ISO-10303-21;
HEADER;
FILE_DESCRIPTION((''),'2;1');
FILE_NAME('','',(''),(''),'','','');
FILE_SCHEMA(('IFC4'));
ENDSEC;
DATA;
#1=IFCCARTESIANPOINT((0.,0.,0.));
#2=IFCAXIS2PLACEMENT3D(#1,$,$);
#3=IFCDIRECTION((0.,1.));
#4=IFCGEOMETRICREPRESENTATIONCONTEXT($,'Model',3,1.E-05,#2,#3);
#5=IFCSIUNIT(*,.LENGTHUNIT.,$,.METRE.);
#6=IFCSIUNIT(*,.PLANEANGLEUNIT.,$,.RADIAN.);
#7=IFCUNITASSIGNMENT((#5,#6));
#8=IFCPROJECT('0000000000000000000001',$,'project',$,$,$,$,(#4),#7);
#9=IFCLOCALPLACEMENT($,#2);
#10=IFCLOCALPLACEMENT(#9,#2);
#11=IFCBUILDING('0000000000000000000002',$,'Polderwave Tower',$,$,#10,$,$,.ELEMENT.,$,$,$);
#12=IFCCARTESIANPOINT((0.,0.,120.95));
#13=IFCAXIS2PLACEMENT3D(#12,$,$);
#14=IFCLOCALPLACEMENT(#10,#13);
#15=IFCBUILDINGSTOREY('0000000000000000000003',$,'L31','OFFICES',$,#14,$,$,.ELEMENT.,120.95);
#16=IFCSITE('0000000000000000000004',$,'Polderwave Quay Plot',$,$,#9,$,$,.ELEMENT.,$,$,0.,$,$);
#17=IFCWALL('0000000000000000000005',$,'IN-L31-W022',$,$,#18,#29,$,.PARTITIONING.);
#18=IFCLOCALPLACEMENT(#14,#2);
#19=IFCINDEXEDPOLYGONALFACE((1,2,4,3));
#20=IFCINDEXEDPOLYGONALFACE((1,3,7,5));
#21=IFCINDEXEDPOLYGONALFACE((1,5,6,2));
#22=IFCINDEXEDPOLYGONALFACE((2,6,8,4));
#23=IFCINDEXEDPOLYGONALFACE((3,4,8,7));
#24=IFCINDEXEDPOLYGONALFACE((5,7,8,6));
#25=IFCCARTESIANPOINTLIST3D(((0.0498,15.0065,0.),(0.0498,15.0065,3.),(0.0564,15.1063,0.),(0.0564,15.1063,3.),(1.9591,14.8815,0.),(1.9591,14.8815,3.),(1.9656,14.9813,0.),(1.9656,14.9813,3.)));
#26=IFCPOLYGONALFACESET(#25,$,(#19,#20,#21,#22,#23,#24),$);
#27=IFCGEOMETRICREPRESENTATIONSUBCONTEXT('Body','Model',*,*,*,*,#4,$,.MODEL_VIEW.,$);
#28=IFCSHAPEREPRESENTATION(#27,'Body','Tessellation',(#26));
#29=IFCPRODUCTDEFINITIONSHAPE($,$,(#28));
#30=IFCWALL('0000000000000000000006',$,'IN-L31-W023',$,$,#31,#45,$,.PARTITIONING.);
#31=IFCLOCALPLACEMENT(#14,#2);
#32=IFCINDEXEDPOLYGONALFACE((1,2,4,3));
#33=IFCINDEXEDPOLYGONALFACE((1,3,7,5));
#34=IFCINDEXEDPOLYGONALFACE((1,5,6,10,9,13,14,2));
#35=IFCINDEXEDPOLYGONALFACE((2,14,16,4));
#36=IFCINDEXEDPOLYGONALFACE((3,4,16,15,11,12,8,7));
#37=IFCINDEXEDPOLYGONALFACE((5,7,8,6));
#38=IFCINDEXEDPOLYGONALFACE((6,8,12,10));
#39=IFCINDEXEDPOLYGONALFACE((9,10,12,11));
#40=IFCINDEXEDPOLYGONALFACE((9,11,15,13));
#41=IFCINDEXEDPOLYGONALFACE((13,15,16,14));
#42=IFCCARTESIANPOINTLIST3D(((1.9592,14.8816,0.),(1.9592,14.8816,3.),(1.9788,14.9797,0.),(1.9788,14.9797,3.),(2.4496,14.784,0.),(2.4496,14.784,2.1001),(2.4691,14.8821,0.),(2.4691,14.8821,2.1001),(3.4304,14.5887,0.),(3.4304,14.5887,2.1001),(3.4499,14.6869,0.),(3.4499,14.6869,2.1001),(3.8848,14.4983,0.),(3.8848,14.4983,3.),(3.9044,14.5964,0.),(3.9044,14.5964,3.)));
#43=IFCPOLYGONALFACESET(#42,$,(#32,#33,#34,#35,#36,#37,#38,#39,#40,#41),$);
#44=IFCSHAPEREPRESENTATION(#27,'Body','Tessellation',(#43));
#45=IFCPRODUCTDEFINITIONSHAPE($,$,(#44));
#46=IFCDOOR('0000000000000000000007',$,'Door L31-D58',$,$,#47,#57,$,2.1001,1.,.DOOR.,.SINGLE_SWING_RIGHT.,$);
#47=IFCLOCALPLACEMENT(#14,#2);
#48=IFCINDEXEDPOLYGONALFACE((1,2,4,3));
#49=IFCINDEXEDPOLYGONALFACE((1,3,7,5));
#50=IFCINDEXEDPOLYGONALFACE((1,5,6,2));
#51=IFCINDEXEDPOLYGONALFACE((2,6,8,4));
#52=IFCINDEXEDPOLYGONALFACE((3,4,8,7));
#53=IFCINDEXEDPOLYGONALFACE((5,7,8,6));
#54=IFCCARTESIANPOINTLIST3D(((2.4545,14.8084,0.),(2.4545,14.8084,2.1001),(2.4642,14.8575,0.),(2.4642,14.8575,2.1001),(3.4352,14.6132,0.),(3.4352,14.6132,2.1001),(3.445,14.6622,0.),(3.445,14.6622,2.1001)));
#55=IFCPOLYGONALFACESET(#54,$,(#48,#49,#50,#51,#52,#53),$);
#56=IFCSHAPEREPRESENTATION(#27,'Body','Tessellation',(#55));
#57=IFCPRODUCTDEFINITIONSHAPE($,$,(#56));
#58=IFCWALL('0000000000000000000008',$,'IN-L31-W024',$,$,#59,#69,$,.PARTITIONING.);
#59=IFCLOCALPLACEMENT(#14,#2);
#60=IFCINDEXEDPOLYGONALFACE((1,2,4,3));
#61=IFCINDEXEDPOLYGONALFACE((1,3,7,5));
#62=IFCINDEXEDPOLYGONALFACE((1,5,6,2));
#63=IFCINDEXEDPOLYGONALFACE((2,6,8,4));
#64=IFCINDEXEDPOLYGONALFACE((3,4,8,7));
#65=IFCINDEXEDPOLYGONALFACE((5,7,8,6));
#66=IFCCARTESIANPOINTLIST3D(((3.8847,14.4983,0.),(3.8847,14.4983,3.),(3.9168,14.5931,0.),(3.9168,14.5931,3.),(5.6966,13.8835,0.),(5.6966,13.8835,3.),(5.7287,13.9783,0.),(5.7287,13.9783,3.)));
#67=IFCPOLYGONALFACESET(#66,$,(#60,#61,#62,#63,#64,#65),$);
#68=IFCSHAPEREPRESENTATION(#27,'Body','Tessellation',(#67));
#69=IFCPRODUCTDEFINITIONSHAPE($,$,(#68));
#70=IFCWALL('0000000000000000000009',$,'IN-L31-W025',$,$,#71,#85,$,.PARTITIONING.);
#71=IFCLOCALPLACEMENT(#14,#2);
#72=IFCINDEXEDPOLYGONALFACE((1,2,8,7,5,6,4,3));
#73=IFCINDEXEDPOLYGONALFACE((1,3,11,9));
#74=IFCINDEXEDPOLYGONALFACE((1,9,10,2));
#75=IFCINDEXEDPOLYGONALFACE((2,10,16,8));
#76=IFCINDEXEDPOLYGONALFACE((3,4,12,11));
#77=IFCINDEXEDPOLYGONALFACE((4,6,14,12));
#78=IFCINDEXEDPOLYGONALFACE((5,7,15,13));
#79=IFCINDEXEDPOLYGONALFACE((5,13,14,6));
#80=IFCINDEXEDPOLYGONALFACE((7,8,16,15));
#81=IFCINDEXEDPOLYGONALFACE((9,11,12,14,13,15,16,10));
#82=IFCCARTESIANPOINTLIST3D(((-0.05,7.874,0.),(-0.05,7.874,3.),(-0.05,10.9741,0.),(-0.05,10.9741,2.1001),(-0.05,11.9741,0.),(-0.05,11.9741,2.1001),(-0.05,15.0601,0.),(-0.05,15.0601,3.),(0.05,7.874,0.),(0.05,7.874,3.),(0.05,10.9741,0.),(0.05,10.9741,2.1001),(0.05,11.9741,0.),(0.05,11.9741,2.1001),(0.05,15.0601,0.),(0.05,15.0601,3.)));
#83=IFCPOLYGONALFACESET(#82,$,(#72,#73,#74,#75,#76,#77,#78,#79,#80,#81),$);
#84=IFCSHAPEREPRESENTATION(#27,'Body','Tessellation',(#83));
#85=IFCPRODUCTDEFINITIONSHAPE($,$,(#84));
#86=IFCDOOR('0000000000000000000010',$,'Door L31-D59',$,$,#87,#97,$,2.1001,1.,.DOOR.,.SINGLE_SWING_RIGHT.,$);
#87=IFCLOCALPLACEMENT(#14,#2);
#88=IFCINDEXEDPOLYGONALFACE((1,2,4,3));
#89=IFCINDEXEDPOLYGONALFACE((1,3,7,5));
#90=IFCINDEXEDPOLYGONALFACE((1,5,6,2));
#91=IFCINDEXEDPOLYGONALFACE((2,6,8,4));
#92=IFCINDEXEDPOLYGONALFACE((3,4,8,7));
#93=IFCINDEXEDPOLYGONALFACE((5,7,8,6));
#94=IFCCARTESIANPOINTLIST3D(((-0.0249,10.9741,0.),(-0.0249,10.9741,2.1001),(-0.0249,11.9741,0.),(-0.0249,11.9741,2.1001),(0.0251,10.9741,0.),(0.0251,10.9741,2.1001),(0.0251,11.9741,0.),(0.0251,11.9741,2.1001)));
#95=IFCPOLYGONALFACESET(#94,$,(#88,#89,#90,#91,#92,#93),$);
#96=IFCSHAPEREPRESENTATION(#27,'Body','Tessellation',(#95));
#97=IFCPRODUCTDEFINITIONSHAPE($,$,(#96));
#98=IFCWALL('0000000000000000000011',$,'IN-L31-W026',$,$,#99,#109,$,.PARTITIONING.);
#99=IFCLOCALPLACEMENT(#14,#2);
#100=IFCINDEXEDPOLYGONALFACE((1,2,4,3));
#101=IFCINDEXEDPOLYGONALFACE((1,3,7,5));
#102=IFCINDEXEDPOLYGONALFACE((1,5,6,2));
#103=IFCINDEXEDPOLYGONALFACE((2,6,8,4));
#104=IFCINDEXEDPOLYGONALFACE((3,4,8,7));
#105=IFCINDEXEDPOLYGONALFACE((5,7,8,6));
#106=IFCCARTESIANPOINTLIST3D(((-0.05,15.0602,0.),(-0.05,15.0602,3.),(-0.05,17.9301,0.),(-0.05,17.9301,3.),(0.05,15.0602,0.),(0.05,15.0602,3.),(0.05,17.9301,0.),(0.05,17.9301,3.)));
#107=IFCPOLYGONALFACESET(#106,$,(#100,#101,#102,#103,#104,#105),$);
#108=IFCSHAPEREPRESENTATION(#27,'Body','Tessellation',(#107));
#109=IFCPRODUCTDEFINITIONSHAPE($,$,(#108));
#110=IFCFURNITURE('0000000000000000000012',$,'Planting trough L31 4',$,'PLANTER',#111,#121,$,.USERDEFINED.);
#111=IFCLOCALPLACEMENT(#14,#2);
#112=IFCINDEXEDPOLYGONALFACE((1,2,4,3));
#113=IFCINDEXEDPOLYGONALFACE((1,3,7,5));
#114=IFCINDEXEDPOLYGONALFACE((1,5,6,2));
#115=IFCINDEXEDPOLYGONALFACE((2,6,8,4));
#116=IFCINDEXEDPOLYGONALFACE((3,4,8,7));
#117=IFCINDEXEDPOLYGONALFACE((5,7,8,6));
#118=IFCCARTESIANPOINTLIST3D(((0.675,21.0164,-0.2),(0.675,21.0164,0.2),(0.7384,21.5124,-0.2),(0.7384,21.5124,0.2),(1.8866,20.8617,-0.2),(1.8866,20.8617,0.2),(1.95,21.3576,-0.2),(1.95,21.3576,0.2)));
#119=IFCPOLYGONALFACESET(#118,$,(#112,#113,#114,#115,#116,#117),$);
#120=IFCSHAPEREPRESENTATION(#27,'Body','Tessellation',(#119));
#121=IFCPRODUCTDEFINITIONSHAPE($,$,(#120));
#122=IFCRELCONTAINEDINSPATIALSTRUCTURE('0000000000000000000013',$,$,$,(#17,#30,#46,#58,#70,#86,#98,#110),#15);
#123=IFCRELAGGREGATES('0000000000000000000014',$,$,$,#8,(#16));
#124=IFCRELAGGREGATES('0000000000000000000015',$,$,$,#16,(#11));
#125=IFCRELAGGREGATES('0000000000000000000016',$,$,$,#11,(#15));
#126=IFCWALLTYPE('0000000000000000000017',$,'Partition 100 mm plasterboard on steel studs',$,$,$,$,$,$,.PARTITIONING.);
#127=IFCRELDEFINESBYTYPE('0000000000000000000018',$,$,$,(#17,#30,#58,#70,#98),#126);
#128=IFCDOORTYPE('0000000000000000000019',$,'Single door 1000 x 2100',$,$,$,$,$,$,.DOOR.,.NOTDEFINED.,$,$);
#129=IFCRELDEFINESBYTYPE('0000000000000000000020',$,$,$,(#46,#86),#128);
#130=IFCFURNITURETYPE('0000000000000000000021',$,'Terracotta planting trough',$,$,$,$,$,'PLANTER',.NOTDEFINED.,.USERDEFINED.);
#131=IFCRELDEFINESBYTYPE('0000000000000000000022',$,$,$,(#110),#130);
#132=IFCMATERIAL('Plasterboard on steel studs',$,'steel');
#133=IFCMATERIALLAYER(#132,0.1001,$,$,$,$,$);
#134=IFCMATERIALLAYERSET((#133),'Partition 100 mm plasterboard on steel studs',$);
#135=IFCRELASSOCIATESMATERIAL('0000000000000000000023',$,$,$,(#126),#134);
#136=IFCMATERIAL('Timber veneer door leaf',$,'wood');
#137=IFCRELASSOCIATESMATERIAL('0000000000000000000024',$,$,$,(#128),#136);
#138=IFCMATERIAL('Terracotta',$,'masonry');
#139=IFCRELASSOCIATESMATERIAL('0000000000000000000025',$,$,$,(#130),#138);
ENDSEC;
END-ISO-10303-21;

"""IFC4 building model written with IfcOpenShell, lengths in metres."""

from ifc_helpers import new_model, si_unit, direction, frame, frame_2d, origin, origin_2d, place, context, subcontext, project, spatial, rectangle, extrude, material, layer, layer_set, type_object, element, fill, save


model = new_model("IFC4")

# Units and contexts
model_context = context("Model", 3, precision=1e-05, world=origin(), true_north=direction((0.0, 1.0)))
body_context = subcontext(model_context, "Body", "Model", "MODEL_VIEW")
ifc_project = project(units=[si_unit("LENGTHUNIT", "METRE"), si_unit("PLANEANGLEUNIT", "RADIAN")], contexts=[model_context])

# Site, building, storey
site_placement = place(None, origin())
site = spatial("IfcSite", under=ifc_project, at=site_placement, Name="Polderwave Quay Plot", CompositionType="ELEMENT", RefElevation=0.0)
building_placement = place(site_placement, origin())
building = spatial("IfcBuilding", under=site, at=building_placement, Name="Polderwave Tower", CompositionType="ELEMENT")
storey_placement = place(building_placement, frame((0.0, 0.0, 120.95)))
storey = spatial("IfcBuildingStorey", under=building, at=storey_placement, Name="L31", Description="OFFICES", CompositionType="ELEMENT", Elevation=120.95)

# Shared definitions
ifc_material_1 = material(Name="Plasterboard on steel studs", Category="steel")
ifc_layer_1 = layer(ifc_material_1, 0.1001)
ifc_layer_set_1 = layer_set([ifc_layer_1], Name="Partition 100 mm plasterboard on steel studs")
wall_type_1 = type_object("IfcWallType", Name="Partition 100 mm plasterboard on steel studs", PredefinedType="PARTITIONING", material=ifc_layer_set_1)
ifc_material_2 = material(Name="Timber veneer door leaf", Category="wood")
door_type = type_object("IfcDoorType", Name="Single door 1000 x 2100", OperationType="NOTDEFINED", PredefinedType="DOOR", material=ifc_material_2)

# Wall
wall_1_placement = place(storey_placement, frame((0.0532, 15.0564, 0.0), z_axis=(0.0, 0.0, 1.0), x_axis=(0.997864, -0.065333, 0.0)))
element("IfcWall", 1, at=wall_1_placement, inside=storey, type_object=wall_type_1, Name="IN-L31-W022", PredefinedType="PARTITIONING", context=body_context, shape_type="SweptSolid", body=[
    extrude(rectangle(XDim=1.9133, YDim=0.1001, at=frame_2d((0.9565, 0.0))), origin(), (0.0, 0.0, 1.0), 3.0),
])

# Wall, opening, door
wall_2_placement = place(storey_placement, frame((1.969, 14.9307, 0.0), z_axis=(0.0, 0.0, 1.0), x_axis=(0.980757, -0.195231, 0.0)))
wall_2 = element("IfcWall", 2, at=wall_2_placement, inside=storey, type_object=wall_type_1, Name="IN-L31-W023", PredefinedType="PARTITIONING", context=body_context, shape_type="SweptSolid", body=[
    extrude(rectangle(XDim=1.9634, YDim=0.1001, at=frame_2d((0.9817, 0.0))), origin(), (0.0, 0.0, 1.0), 3.0),
])
opening_1_placement = place(wall_2_placement, frame((0.5, 0.0, 0.0)))
opening_1 = element("IfcOpeningElement", 3, at=opening_1_placement, cuts=wall_2, PredefinedType="OPENING", context=body_context, shape_type="SweptSolid", body=[
    extrude(rectangle(XDim=1.0, YDim=2.1001, at=frame_2d((0.5, 1.05))), frame((0.0, 0.0601, 0.0), z_axis=(0.0, -1.0, 0.0), x_axis=(1.0, 0.0, 0.0)), (0.0, 0.0, 1.0), 0.1201),
])
door_1_placement = place(opening_1_placement, origin())
door_1 = element("IfcDoor", 4, at=door_1_placement, inside=storey, type_object=door_type, Name="Door L31-D58", OperationType="SINGLE_SWING_RIGHT", OverallHeight=2.1001, OverallWidth=1.0, PredefinedType="DOOR", context=body_context, shape_type="SweptSolid", body=[
    extrude(rectangle(XDim=1.0, YDim=2.1001, at=frame_2d((0.5, 1.05))), frame((0.0, 0.0249, 0.0), z_axis=(0.0, -1.0, 0.0), x_axis=(1.0, 0.0, 0.0)), (0.0, 0.0, 1.0), 0.05),
])
fill(opening_1, door_1)

# Wall
wall_3_placement = place(storey_placement, frame((3.9009, 14.5457, 0.0), z_axis=(0.0, 0.0, 1.0), x_axis=(0.946972, -0.321315, 0.0)))
element("IfcWall", 5, at=wall_3_placement, inside=storey, type_object=wall_type_1, Name="IN-L31-W024", PredefinedType="PARTITIONING", context=body_context, shape_type="SweptSolid", body=[
    extrude(rectangle(XDim=1.9133, YDim=0.1001, at=frame_2d((0.9565, 0.0))), origin(), (0.0, 0.0, 1.0), 3.0),
])

# Wall, opening, door
wall_4_placement = place(storey_placement, frame((0.0, 7.874, 0.0), z_axis=(0.0, 0.0, 1.0), x_axis=(0.0, 1.0, 0.0)))
wall_4 = element("IfcWall", 6, at=wall_4_placement, inside=storey, type_object=wall_type_1, Name="IN-L31-W025", PredefinedType="PARTITIONING", context=body_context, shape_type="SweptSolid", body=[
    extrude(rectangle(XDim=7.186, YDim=0.1001, at=frame_2d((3.593, 0.0))), origin(), (0.0, 0.0, 1.0), 3.0),
])
opening_2_placement = place(wall_4_placement, frame((3.1001, 0.0, 0.0)))
opening_2 = element("IfcOpeningElement", 7, at=opening_2_placement, cuts=wall_4, PredefinedType="OPENING", context=body_context, shape_type="SweptSolid", body=[
    extrude(rectangle(XDim=1.0, YDim=2.1001, at=frame_2d((0.5, 1.05))), frame((0.0, 0.0601, 0.0), z_axis=(0.0, -1.0, 0.0), x_axis=(1.0, 0.0, 0.0)), (0.0, 0.0, 1.0), 0.1201),
])
door_2_placement = place(opening_2_placement, origin())
door_2 = element("IfcDoor", 8, at=door_2_placement, inside=storey, type_object=door_type, Name="Door L31-D59", OperationType="SINGLE_SWING_RIGHT", OverallHeight=2.1001, OverallWidth=1.0, PredefinedType="DOOR", context=body_context, shape_type="SweptSolid", body=[
    extrude(rectangle(XDim=1.0, YDim=2.1001, at=frame_2d((0.5, 1.05))), frame((0.0, 0.0249, 0.0), z_axis=(0.0, -1.0, 0.0), x_axis=(1.0, 0.0, 0.0)), (0.0, 0.0, 1.0), 0.05),
])
fill(opening_2, door_2)

# Wall
wall_5_placement = place(storey_placement, frame((0.0, 15.0601, 0.0), z_axis=(0.0, 0.0, 1.0), x_axis=(0.0, 1.0, 0.0)))
element("IfcWall", 9, at=wall_5_placement, inside=storey, type_object=wall_type_1, Name="IN-L31-W026", PredefinedType="PARTITIONING", context=body_context, shape_type="SweptSolid", body=[
    extrude(rectangle(XDim=2.8699, YDim=0.1001, at=frame_2d((1.4351, 0.0))), origin(), (0.0, 0.0, 1.0), 3.0),
])

# Furniture
ifc_material_3 = material(Name="Terracotta", Category="masonry")
furniture_type = type_object("IfcFurnitureType", Name="Terracotta planting trough", ElementType="PLANTER", AssemblyPlace="NOTDEFINED", PredefinedType="USERDEFINED", material=ifc_material_3)
furniture_placement = place(storey_placement, frame((1.3125, 21.187, -0.2), z_axis=(0.0, 0.0, 1.0), x_axis=(-0.991944, 0.12668, 0.0)))
element("IfcFurniture", 10, at=furniture_placement, inside=storey, type_object=furniture_type, Name="Planting trough L31 4", ObjectType="PLANTER", PredefinedType="USERDEFINED", context=body_context, shape_type="SweptSolid", body=[
    extrude(rectangle(XDim=1.2214, YDim=0.5, at=origin_2d()), origin(), (0.0, 0.0, 1.0), 0.3999),
])

save(model, "model.ifc")
